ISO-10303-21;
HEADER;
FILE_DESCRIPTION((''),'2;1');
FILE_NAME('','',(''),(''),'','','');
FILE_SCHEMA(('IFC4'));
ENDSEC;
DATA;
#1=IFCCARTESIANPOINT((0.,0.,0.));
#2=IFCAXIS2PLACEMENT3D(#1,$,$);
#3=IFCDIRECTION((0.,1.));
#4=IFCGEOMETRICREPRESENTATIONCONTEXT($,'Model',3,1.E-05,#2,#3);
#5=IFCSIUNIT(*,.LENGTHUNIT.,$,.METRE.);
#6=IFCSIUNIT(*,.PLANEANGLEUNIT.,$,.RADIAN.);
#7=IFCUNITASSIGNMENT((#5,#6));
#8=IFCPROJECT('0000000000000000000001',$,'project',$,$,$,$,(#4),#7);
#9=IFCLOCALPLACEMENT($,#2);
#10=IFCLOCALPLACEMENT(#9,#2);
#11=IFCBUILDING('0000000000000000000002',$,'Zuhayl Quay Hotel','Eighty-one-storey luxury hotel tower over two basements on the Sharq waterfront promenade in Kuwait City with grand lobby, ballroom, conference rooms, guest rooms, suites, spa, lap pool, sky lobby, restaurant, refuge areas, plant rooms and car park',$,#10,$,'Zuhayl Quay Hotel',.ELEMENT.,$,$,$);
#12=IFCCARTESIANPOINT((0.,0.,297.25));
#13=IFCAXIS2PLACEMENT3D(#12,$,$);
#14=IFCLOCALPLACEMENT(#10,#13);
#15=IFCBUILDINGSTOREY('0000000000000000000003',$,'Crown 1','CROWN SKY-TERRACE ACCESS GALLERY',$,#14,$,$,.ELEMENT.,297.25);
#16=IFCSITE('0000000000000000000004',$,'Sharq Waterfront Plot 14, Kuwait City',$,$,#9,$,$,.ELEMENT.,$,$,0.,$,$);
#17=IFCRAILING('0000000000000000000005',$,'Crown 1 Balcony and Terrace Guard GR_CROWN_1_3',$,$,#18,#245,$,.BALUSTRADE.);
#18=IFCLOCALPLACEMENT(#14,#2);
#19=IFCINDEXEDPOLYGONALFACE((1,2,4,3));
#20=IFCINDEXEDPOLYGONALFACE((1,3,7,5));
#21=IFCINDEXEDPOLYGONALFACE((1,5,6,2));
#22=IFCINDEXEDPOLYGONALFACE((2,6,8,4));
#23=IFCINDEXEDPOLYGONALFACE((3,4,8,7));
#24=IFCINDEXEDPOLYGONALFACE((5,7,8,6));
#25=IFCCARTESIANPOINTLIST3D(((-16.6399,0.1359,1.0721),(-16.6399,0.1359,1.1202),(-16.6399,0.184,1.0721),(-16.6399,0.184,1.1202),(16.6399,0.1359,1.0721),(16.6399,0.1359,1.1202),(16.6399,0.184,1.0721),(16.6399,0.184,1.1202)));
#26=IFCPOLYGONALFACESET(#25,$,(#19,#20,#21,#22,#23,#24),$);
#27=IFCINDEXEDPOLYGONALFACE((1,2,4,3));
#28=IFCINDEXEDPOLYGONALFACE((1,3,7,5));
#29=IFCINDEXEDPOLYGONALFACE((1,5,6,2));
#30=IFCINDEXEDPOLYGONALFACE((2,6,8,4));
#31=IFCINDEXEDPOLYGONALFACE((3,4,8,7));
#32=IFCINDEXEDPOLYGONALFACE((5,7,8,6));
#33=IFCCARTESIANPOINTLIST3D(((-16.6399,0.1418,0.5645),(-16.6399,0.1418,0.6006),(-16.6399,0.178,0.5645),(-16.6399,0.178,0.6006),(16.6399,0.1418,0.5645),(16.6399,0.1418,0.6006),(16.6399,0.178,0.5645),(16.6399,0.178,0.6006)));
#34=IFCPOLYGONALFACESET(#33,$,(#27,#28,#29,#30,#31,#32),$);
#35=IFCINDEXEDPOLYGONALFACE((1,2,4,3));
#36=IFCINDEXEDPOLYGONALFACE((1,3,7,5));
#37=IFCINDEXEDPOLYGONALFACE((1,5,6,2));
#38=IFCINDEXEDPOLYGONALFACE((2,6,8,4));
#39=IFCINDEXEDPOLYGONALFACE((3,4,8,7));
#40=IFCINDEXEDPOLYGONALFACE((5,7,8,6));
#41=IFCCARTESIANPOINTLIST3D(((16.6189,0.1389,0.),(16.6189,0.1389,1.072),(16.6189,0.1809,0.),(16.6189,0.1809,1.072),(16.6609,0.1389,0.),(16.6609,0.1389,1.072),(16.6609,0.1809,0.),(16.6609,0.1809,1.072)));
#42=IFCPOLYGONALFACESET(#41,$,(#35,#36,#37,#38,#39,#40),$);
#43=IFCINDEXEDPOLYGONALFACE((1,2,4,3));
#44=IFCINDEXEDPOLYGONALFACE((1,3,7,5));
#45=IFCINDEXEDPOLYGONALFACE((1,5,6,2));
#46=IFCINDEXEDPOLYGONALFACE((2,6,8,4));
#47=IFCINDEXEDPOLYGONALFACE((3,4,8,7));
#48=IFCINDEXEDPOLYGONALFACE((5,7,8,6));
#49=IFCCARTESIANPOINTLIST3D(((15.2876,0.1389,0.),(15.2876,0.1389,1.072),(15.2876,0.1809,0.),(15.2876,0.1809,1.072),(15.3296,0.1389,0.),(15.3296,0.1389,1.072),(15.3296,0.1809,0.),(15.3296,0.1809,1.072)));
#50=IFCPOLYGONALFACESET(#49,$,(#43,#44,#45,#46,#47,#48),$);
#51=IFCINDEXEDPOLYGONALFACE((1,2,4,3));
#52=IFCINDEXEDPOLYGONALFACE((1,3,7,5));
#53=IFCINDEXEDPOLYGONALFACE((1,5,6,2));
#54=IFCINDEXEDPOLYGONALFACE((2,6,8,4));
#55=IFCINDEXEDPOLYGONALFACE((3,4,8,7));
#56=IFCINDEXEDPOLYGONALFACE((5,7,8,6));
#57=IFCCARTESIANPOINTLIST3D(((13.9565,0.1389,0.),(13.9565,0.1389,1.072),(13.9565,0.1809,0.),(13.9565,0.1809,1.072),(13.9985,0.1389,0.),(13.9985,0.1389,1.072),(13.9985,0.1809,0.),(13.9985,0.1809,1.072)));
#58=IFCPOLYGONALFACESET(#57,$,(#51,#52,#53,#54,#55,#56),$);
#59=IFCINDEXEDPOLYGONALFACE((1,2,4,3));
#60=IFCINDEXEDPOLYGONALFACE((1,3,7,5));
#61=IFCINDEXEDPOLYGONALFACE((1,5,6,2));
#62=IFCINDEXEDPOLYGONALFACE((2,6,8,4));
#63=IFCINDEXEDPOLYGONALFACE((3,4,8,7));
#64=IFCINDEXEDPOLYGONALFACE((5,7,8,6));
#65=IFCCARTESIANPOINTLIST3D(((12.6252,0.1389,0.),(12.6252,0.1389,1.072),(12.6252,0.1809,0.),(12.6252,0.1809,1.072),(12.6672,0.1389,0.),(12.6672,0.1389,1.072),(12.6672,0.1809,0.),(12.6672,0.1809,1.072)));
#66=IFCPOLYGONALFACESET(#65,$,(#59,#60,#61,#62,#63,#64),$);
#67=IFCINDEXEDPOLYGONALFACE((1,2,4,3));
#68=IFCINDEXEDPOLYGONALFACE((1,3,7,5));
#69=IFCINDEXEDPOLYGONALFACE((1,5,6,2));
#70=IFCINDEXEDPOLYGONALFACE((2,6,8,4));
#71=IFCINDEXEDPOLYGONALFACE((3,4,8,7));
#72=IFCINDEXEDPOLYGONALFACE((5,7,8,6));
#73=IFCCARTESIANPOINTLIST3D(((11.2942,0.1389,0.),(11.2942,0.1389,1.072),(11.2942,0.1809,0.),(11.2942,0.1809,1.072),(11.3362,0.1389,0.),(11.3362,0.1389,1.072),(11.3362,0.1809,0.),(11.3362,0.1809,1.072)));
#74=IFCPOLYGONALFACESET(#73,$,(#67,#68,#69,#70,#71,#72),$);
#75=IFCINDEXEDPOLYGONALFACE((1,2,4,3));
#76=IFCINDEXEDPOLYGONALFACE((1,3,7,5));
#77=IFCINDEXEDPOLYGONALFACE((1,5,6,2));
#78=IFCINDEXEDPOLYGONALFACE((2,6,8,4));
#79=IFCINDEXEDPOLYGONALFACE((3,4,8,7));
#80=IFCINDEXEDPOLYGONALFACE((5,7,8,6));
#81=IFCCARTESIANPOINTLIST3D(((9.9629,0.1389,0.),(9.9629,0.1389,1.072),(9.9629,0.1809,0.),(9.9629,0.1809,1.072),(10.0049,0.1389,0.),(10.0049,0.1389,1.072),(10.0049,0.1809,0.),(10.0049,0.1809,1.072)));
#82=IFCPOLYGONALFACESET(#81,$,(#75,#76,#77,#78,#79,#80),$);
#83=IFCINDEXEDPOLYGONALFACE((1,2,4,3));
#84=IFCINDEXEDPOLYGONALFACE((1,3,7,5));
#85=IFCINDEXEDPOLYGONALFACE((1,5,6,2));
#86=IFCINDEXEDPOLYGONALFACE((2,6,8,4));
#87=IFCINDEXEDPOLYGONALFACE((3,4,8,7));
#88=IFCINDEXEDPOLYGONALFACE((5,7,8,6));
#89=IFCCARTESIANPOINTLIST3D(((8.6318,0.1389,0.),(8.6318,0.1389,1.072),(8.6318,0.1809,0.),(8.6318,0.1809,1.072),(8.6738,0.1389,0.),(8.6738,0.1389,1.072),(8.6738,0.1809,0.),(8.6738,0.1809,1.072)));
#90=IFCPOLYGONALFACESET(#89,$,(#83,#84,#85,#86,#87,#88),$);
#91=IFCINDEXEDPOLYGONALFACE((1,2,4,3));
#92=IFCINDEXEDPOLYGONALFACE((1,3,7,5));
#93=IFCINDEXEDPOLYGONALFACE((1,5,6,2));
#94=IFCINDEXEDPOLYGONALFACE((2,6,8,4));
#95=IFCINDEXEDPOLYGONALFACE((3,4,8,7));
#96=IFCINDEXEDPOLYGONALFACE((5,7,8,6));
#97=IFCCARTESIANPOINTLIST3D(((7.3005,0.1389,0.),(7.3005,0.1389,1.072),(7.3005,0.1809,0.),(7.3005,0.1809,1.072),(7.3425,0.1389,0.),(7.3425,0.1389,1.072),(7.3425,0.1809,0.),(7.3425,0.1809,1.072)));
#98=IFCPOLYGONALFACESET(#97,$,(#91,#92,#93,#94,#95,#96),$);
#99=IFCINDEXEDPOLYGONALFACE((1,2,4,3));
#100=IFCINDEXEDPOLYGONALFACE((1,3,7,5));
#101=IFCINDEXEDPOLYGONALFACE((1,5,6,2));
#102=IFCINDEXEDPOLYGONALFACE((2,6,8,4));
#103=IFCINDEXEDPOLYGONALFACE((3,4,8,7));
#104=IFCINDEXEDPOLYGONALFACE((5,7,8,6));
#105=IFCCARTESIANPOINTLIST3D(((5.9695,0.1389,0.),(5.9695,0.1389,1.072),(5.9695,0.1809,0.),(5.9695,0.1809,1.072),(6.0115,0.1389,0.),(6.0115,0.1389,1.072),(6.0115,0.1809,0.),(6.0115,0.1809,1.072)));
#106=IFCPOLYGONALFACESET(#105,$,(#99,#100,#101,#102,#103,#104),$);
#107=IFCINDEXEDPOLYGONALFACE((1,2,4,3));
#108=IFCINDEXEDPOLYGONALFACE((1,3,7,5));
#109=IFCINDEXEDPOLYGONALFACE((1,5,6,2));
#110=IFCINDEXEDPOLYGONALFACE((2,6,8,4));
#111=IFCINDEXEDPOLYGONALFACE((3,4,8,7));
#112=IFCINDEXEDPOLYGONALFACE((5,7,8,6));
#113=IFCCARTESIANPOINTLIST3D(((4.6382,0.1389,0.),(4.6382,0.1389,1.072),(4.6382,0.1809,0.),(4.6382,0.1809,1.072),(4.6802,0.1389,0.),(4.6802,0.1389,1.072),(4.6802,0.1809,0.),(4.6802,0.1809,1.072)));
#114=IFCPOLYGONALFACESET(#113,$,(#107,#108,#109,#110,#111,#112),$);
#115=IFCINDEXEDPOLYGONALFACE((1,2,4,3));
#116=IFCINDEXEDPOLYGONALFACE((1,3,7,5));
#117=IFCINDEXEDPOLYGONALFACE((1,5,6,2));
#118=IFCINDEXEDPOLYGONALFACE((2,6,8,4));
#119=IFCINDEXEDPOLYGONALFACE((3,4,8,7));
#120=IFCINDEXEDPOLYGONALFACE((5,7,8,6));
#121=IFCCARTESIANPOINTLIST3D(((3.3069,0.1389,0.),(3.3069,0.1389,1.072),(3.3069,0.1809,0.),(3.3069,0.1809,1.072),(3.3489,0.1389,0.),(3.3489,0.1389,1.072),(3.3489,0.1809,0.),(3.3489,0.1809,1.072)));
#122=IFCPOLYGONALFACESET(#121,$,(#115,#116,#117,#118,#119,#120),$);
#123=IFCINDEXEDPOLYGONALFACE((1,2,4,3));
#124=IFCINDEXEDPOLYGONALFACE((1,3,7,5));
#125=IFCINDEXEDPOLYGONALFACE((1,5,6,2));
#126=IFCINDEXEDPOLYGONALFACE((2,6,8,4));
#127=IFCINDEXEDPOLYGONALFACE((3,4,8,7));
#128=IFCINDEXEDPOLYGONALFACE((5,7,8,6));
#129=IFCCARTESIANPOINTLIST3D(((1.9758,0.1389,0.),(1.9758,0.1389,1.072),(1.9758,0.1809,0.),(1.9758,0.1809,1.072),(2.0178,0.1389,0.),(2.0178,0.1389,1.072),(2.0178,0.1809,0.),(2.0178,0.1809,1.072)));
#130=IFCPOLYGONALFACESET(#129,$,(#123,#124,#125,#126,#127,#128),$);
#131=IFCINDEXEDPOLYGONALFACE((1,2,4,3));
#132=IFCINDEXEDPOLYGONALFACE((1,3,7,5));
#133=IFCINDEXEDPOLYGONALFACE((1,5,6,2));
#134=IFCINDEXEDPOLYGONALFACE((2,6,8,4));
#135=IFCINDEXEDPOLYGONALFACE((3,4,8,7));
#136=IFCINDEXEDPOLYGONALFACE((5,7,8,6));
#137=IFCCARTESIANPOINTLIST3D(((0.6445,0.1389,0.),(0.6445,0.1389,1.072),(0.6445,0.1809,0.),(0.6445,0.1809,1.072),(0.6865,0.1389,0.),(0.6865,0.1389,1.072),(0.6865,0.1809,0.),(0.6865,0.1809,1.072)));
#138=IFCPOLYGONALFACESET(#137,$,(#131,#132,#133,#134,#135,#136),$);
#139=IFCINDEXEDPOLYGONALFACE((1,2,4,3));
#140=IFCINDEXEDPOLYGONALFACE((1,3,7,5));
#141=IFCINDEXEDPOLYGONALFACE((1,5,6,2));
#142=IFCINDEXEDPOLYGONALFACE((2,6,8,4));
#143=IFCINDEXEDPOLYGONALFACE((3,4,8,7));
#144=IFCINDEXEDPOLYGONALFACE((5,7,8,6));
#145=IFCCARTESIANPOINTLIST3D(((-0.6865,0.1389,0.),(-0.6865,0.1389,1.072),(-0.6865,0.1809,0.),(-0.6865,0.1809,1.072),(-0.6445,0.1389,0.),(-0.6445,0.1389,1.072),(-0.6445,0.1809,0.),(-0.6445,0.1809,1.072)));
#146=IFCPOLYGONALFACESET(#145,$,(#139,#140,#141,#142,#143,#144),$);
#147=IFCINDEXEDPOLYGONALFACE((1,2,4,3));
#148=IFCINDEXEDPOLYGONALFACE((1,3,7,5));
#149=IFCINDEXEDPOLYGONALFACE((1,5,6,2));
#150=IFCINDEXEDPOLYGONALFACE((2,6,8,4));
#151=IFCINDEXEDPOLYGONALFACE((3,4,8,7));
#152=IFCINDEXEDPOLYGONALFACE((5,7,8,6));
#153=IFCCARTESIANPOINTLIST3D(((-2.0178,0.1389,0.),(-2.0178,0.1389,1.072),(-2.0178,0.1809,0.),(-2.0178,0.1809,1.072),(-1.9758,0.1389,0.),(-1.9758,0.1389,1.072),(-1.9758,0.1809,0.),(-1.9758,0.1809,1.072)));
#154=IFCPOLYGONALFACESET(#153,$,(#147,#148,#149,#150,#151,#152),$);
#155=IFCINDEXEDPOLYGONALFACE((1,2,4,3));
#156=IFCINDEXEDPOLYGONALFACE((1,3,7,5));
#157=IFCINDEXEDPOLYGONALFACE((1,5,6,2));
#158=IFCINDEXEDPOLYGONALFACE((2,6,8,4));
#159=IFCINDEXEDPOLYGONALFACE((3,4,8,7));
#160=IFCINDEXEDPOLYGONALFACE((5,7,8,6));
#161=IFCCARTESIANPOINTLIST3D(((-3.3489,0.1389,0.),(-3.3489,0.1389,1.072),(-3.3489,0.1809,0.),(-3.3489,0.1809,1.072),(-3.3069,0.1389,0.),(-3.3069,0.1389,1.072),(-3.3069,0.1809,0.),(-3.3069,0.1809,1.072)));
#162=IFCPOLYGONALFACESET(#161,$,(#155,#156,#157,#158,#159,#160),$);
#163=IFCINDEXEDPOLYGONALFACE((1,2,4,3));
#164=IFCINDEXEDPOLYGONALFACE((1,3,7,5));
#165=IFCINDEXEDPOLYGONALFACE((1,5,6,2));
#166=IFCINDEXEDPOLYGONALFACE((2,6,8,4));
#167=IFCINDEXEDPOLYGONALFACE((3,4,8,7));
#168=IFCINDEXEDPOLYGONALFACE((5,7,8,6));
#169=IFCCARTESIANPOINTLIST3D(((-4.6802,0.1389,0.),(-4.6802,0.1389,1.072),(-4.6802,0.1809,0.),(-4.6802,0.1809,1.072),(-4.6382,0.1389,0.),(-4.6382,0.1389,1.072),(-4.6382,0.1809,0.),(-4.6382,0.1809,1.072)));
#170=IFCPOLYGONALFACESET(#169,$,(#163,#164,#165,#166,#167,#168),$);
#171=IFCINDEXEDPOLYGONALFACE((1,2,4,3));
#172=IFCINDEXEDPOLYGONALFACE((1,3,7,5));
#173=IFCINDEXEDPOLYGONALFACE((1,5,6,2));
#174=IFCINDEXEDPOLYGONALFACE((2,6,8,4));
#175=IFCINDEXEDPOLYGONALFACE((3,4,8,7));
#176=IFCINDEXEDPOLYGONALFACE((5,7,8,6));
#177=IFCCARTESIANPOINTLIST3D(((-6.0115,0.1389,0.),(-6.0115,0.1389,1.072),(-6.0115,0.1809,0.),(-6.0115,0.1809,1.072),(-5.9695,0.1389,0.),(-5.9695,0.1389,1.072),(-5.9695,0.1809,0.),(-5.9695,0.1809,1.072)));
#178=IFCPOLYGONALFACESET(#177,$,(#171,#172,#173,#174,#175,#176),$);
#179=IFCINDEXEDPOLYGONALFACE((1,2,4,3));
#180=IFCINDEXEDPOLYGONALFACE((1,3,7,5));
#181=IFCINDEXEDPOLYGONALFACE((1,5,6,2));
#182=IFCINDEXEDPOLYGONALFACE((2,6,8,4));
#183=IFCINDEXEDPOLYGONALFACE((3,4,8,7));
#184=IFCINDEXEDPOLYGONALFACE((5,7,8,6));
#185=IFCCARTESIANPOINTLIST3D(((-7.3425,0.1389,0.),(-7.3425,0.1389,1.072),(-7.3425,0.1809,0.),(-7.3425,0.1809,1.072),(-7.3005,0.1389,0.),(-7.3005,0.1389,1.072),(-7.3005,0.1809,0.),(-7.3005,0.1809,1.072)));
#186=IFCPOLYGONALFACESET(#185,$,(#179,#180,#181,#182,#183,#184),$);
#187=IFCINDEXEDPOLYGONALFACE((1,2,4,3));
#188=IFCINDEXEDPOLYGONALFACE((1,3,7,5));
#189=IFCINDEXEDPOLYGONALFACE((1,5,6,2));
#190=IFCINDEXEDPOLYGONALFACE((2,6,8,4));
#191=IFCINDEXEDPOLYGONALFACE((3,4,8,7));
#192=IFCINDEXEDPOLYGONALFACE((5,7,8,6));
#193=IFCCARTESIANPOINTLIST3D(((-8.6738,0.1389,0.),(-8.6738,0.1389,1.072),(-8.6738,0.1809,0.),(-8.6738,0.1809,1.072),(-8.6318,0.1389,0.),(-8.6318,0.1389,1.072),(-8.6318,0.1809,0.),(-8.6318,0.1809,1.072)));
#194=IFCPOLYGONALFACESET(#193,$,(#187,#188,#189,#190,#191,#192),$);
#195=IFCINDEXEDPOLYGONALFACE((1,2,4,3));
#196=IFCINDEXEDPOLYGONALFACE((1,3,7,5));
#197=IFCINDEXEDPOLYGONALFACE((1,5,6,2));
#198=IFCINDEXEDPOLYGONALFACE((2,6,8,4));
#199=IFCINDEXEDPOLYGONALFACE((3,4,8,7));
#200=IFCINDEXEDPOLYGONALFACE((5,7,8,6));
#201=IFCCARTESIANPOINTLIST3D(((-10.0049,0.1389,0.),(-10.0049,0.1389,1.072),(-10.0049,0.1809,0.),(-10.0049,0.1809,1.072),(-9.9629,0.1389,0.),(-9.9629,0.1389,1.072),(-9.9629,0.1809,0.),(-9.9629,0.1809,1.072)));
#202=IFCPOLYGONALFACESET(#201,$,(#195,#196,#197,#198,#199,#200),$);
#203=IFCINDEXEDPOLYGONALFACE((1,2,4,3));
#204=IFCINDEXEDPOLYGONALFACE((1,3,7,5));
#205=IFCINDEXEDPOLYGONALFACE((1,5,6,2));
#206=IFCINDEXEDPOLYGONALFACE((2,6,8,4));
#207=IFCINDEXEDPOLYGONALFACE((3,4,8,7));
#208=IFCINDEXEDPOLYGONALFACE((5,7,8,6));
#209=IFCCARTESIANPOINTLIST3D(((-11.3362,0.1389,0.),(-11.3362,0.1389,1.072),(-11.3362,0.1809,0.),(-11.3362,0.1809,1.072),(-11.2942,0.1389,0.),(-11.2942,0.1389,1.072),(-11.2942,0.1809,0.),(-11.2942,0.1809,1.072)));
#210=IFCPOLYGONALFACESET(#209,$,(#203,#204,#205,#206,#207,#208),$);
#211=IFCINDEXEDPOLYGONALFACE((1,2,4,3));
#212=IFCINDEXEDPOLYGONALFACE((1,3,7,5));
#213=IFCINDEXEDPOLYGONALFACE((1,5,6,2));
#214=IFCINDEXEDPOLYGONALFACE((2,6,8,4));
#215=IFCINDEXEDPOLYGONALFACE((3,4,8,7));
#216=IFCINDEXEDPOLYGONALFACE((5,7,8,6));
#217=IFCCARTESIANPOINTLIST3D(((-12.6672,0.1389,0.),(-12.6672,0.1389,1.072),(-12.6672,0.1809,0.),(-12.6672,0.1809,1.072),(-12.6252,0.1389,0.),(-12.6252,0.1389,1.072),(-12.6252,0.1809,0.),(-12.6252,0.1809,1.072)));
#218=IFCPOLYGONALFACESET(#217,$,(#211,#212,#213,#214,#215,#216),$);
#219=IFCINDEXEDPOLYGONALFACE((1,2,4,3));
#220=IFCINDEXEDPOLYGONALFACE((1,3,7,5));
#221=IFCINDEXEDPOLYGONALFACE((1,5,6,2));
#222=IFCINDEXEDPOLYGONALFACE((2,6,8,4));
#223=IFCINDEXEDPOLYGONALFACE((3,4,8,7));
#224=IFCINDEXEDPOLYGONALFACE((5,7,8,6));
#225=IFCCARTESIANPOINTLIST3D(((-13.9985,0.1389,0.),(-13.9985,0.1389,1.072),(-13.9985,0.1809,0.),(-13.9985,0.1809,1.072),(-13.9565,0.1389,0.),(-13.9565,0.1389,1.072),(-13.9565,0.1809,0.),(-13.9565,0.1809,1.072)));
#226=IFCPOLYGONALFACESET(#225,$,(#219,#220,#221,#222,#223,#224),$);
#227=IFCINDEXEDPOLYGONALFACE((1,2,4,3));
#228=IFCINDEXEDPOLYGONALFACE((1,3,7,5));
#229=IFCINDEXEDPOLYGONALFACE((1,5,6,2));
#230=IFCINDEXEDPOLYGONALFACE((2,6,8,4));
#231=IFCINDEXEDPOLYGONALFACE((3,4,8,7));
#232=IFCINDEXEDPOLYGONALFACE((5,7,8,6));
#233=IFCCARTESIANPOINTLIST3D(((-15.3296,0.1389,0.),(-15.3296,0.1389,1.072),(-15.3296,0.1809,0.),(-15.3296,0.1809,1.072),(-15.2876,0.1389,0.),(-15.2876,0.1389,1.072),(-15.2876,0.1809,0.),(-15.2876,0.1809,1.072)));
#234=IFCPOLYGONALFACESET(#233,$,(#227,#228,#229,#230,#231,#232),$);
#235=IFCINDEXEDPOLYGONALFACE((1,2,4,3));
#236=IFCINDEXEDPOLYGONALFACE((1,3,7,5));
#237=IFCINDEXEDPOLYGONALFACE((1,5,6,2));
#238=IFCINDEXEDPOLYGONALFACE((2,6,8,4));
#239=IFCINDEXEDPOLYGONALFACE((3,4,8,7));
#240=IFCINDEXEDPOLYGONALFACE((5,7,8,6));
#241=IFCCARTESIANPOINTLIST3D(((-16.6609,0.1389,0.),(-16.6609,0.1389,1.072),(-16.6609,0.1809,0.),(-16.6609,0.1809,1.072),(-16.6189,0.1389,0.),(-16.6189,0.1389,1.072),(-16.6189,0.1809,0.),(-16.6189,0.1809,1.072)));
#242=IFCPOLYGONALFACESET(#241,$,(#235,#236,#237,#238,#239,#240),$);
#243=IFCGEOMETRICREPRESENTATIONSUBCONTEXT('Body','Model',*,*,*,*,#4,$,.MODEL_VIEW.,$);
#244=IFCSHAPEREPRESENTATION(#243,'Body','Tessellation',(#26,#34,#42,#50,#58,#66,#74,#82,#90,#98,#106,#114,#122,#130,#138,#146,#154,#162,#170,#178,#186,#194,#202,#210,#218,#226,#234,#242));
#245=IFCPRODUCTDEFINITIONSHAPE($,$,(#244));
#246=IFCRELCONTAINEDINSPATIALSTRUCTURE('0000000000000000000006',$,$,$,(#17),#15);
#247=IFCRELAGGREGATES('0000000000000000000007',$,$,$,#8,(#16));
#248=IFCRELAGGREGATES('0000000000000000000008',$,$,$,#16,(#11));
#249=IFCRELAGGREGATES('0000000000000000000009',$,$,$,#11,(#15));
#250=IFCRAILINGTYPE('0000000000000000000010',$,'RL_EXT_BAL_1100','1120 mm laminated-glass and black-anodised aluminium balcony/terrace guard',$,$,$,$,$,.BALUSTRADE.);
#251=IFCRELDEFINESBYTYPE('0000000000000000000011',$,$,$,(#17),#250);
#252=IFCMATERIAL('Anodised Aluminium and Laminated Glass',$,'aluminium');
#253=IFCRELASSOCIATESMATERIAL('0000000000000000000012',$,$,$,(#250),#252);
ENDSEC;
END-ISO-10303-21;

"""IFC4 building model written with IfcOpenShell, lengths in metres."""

from ifc_helpers import new_model, si_unit, direction, frame, origin, origin_2d, place, context, subcontext, project, spatial, rectangle, extrude, material, type_object, element, save


model = new_model("IFC4")

# Units and contexts
model_context = context("Model", 3, precision=1e-05, world=origin(), true_north=direction((0.0, 1.0)))
body_context = subcontext(model_context, "Body", "Model", "MODEL_VIEW")
ifc_project = project(units=[si_unit("LENGTHUNIT", "METRE"), si_unit("PLANEANGLEUNIT", "RADIAN")], contexts=[model_context])

# Site, building, storey
site_placement = place(None, origin())
site = spatial("IfcSite", under=ifc_project, at=site_placement, Name="Sharq Waterfront Plot 14, Kuwait City", CompositionType="ELEMENT", RefElevation=0.0)
building_placement = place(site_placement, origin())
building = spatial("IfcBuilding", under=site, at=building_placement, Name="Zuhayl Quay Hotel", Description="Eighty-one-storey luxury hotel tower over two basements on the Sharq waterfront promenade in Kuwait City with grand lobby, ballroom, conference rooms, guest rooms, suites, spa, lap pool, sky lobby, restaurant, refuge areas, plant rooms and car park", LongName="Zuhayl Quay Hotel", CompositionType="ELEMENT")
storey_placement = place(building_placement, frame((0.0, 0.0, 297.25)))
storey = spatial("IfcBuildingStorey", under=building, at=storey_placement, Name="Crown 1", Description="CROWN SKY-TERRACE ACCESS GALLERY", CompositionType="ELEMENT", Elevation=297.25)

# Railing
ifc_material_1 = material(Name="Anodised Aluminium and Laminated Glass", Category="aluminium")
railing_type_1 = type_object("IfcRailingType", Name="RL_EXT_BAL_1100", Description="1120 mm laminated-glass and black-anodised aluminium balcony/terrace guard", PredefinedType="BALUSTRADE", material=ifc_material_1)
railing_1_placement = place(storey_placement, frame((16.6399, 0.1599, 0.0)))
element("IfcRailing", 1, at=railing_1_placement, inside=storey, type_object=railing_type_1, Name="Crown 1 Balcony and Terrace Guard GR_CROWN_1_3", PredefinedType="BALUSTRADE", context=body_context, shape_type="SweptSolid", body=[
    extrude(rectangle(XDim=0.0481, YDim=0.0481, at=origin_2d()), frame((0.0, 0.0, 1.0962), z_axis=(-1.0, 0.0, 0.0), x_axis=(0.0, -1.0, 0.0)), (0.0, 0.0, 1.0), 33.2798),
    extrude(rectangle(XDim=0.0361, YDim=0.0361, at=origin_2d()), frame((0.0, 0.0, 0.5825), z_axis=(-1.0, 0.0, 0.0), x_axis=(0.0, -1.0, 0.0)), (0.0, 0.0, 1.0), 33.2798),
    extrude(rectangle(XDim=0.042, YDim=0.042, at=origin_2d()), origin(), (0.0, 0.0, 1.0), 1.072),
    extrude(rectangle(XDim=0.042, YDim=0.042, at=origin_2d()), frame((-1.3313, 0.0, 0.0)), (0.0, 0.0, 1.0), 1.072),
    extrude(rectangle(XDim=0.042, YDim=0.042, at=origin_2d()), frame((-2.6624, 0.0, 0.0)), (0.0, 0.0, 1.0), 1.072),
    extrude(rectangle(XDim=0.042, YDim=0.042, at=origin_2d()), frame((-3.9937, 0.0, 0.0)), (0.0, 0.0, 1.0), 1.072),
    extrude(rectangle(XDim=0.042, YDim=0.042, at=origin_2d()), frame((-5.3247, 0.0, 0.0)), (0.0, 0.0, 1.0), 1.072),
    extrude(rectangle(XDim=0.042, YDim=0.042, at=origin_2d()), frame((-6.656, 0.0, 0.0)), (0.0, 0.0, 1.0), 1.072),
    extrude(rectangle(XDim=0.042, YDim=0.042, at=origin_2d()), frame((-7.9871, 0.0, 0.0)), (0.0, 0.0, 1.0), 1.072),
    extrude(rectangle(XDim=0.042, YDim=0.042, at=origin_2d()), frame((-9.3184, 0.0, 0.0)), (0.0, 0.0, 1.0), 1.072),
    extrude(rectangle(XDim=0.042, YDim=0.042, at=origin_2d()), frame((-10.6494, 0.0, 0.0)), (0.0, 0.0, 1.0), 1.072),
    extrude(rectangle(XDim=0.042, YDim=0.042, at=origin_2d()), frame((-11.9807, 0.0, 0.0)), (0.0, 0.0, 1.0), 1.072),
    extrude(rectangle(XDim=0.042, YDim=0.042, at=origin_2d()), frame((-13.312, 0.0, 0.0)), (0.0, 0.0, 1.0), 1.072),
    extrude(rectangle(XDim=0.042, YDim=0.042, at=origin_2d()), frame((-14.6431, 0.0, 0.0)), (0.0, 0.0, 1.0), 1.072),
    extrude(rectangle(XDim=0.042, YDim=0.042, at=origin_2d()), frame((-15.9744, 0.0, 0.0)), (0.0, 0.0, 1.0), 1.072),
    extrude(rectangle(XDim=0.042, YDim=0.042, at=origin_2d()), frame((-17.3054, 0.0, 0.0)), (0.0, 0.0, 1.0), 1.072),
    extrude(rectangle(XDim=0.042, YDim=0.042, at=origin_2d()), frame((-18.6367, 0.0, 0.0)), (0.0, 0.0, 1.0), 1.072),
    extrude(rectangle(XDim=0.042, YDim=0.042, at=origin_2d()), frame((-19.9678, 0.0, 0.0)), (0.0, 0.0, 1.0), 1.072),
    extrude(rectangle(XDim=0.042, YDim=0.042, at=origin_2d()), frame((-21.2991, 0.0, 0.0)), (0.0, 0.0, 1.0), 1.072),
    extrude(rectangle(XDim=0.042, YDim=0.042, at=origin_2d()), frame((-22.6304, 0.0, 0.0)), (0.0, 0.0, 1.0), 1.072),
    extrude(rectangle(XDim=0.042, YDim=0.042, at=origin_2d()), frame((-23.9614, 0.0, 0.0)), (0.0, 0.0, 1.0), 1.072),
    extrude(rectangle(XDim=0.042, YDim=0.042, at=origin_2d()), frame((-25.2927, 0.0, 0.0)), (0.0, 0.0, 1.0), 1.072),
    extrude(rectangle(XDim=0.042, YDim=0.042, at=origin_2d()), frame((-26.6238, 0.0, 0.0)), (0.0, 0.0, 1.0), 1.072),
    extrude(rectangle(XDim=0.042, YDim=0.042, at=origin_2d()), frame((-27.9551, 0.0, 0.0)), (0.0, 0.0, 1.0), 1.072),
    extrude(rectangle(XDim=0.042, YDim=0.042, at=origin_2d()), frame((-29.2861, 0.0, 0.0)), (0.0, 0.0, 1.0), 1.072),
    extrude(rectangle(XDim=0.042, YDim=0.042, at=origin_2d()), frame((-30.6174, 0.0, 0.0)), (0.0, 0.0, 1.0), 1.072),
    extrude(rectangle(XDim=0.042, YDim=0.042, at=origin_2d()), frame((-31.9485, 0.0, 0.0)), (0.0, 0.0, 1.0), 1.072),
    extrude(rectangle(XDim=0.042, YDim=0.042, at=origin_2d()), frame((-33.2798, 0.0, 0.0)), (0.0, 0.0, 1.0), 1.072),
])

save(model, "model.ifc")
